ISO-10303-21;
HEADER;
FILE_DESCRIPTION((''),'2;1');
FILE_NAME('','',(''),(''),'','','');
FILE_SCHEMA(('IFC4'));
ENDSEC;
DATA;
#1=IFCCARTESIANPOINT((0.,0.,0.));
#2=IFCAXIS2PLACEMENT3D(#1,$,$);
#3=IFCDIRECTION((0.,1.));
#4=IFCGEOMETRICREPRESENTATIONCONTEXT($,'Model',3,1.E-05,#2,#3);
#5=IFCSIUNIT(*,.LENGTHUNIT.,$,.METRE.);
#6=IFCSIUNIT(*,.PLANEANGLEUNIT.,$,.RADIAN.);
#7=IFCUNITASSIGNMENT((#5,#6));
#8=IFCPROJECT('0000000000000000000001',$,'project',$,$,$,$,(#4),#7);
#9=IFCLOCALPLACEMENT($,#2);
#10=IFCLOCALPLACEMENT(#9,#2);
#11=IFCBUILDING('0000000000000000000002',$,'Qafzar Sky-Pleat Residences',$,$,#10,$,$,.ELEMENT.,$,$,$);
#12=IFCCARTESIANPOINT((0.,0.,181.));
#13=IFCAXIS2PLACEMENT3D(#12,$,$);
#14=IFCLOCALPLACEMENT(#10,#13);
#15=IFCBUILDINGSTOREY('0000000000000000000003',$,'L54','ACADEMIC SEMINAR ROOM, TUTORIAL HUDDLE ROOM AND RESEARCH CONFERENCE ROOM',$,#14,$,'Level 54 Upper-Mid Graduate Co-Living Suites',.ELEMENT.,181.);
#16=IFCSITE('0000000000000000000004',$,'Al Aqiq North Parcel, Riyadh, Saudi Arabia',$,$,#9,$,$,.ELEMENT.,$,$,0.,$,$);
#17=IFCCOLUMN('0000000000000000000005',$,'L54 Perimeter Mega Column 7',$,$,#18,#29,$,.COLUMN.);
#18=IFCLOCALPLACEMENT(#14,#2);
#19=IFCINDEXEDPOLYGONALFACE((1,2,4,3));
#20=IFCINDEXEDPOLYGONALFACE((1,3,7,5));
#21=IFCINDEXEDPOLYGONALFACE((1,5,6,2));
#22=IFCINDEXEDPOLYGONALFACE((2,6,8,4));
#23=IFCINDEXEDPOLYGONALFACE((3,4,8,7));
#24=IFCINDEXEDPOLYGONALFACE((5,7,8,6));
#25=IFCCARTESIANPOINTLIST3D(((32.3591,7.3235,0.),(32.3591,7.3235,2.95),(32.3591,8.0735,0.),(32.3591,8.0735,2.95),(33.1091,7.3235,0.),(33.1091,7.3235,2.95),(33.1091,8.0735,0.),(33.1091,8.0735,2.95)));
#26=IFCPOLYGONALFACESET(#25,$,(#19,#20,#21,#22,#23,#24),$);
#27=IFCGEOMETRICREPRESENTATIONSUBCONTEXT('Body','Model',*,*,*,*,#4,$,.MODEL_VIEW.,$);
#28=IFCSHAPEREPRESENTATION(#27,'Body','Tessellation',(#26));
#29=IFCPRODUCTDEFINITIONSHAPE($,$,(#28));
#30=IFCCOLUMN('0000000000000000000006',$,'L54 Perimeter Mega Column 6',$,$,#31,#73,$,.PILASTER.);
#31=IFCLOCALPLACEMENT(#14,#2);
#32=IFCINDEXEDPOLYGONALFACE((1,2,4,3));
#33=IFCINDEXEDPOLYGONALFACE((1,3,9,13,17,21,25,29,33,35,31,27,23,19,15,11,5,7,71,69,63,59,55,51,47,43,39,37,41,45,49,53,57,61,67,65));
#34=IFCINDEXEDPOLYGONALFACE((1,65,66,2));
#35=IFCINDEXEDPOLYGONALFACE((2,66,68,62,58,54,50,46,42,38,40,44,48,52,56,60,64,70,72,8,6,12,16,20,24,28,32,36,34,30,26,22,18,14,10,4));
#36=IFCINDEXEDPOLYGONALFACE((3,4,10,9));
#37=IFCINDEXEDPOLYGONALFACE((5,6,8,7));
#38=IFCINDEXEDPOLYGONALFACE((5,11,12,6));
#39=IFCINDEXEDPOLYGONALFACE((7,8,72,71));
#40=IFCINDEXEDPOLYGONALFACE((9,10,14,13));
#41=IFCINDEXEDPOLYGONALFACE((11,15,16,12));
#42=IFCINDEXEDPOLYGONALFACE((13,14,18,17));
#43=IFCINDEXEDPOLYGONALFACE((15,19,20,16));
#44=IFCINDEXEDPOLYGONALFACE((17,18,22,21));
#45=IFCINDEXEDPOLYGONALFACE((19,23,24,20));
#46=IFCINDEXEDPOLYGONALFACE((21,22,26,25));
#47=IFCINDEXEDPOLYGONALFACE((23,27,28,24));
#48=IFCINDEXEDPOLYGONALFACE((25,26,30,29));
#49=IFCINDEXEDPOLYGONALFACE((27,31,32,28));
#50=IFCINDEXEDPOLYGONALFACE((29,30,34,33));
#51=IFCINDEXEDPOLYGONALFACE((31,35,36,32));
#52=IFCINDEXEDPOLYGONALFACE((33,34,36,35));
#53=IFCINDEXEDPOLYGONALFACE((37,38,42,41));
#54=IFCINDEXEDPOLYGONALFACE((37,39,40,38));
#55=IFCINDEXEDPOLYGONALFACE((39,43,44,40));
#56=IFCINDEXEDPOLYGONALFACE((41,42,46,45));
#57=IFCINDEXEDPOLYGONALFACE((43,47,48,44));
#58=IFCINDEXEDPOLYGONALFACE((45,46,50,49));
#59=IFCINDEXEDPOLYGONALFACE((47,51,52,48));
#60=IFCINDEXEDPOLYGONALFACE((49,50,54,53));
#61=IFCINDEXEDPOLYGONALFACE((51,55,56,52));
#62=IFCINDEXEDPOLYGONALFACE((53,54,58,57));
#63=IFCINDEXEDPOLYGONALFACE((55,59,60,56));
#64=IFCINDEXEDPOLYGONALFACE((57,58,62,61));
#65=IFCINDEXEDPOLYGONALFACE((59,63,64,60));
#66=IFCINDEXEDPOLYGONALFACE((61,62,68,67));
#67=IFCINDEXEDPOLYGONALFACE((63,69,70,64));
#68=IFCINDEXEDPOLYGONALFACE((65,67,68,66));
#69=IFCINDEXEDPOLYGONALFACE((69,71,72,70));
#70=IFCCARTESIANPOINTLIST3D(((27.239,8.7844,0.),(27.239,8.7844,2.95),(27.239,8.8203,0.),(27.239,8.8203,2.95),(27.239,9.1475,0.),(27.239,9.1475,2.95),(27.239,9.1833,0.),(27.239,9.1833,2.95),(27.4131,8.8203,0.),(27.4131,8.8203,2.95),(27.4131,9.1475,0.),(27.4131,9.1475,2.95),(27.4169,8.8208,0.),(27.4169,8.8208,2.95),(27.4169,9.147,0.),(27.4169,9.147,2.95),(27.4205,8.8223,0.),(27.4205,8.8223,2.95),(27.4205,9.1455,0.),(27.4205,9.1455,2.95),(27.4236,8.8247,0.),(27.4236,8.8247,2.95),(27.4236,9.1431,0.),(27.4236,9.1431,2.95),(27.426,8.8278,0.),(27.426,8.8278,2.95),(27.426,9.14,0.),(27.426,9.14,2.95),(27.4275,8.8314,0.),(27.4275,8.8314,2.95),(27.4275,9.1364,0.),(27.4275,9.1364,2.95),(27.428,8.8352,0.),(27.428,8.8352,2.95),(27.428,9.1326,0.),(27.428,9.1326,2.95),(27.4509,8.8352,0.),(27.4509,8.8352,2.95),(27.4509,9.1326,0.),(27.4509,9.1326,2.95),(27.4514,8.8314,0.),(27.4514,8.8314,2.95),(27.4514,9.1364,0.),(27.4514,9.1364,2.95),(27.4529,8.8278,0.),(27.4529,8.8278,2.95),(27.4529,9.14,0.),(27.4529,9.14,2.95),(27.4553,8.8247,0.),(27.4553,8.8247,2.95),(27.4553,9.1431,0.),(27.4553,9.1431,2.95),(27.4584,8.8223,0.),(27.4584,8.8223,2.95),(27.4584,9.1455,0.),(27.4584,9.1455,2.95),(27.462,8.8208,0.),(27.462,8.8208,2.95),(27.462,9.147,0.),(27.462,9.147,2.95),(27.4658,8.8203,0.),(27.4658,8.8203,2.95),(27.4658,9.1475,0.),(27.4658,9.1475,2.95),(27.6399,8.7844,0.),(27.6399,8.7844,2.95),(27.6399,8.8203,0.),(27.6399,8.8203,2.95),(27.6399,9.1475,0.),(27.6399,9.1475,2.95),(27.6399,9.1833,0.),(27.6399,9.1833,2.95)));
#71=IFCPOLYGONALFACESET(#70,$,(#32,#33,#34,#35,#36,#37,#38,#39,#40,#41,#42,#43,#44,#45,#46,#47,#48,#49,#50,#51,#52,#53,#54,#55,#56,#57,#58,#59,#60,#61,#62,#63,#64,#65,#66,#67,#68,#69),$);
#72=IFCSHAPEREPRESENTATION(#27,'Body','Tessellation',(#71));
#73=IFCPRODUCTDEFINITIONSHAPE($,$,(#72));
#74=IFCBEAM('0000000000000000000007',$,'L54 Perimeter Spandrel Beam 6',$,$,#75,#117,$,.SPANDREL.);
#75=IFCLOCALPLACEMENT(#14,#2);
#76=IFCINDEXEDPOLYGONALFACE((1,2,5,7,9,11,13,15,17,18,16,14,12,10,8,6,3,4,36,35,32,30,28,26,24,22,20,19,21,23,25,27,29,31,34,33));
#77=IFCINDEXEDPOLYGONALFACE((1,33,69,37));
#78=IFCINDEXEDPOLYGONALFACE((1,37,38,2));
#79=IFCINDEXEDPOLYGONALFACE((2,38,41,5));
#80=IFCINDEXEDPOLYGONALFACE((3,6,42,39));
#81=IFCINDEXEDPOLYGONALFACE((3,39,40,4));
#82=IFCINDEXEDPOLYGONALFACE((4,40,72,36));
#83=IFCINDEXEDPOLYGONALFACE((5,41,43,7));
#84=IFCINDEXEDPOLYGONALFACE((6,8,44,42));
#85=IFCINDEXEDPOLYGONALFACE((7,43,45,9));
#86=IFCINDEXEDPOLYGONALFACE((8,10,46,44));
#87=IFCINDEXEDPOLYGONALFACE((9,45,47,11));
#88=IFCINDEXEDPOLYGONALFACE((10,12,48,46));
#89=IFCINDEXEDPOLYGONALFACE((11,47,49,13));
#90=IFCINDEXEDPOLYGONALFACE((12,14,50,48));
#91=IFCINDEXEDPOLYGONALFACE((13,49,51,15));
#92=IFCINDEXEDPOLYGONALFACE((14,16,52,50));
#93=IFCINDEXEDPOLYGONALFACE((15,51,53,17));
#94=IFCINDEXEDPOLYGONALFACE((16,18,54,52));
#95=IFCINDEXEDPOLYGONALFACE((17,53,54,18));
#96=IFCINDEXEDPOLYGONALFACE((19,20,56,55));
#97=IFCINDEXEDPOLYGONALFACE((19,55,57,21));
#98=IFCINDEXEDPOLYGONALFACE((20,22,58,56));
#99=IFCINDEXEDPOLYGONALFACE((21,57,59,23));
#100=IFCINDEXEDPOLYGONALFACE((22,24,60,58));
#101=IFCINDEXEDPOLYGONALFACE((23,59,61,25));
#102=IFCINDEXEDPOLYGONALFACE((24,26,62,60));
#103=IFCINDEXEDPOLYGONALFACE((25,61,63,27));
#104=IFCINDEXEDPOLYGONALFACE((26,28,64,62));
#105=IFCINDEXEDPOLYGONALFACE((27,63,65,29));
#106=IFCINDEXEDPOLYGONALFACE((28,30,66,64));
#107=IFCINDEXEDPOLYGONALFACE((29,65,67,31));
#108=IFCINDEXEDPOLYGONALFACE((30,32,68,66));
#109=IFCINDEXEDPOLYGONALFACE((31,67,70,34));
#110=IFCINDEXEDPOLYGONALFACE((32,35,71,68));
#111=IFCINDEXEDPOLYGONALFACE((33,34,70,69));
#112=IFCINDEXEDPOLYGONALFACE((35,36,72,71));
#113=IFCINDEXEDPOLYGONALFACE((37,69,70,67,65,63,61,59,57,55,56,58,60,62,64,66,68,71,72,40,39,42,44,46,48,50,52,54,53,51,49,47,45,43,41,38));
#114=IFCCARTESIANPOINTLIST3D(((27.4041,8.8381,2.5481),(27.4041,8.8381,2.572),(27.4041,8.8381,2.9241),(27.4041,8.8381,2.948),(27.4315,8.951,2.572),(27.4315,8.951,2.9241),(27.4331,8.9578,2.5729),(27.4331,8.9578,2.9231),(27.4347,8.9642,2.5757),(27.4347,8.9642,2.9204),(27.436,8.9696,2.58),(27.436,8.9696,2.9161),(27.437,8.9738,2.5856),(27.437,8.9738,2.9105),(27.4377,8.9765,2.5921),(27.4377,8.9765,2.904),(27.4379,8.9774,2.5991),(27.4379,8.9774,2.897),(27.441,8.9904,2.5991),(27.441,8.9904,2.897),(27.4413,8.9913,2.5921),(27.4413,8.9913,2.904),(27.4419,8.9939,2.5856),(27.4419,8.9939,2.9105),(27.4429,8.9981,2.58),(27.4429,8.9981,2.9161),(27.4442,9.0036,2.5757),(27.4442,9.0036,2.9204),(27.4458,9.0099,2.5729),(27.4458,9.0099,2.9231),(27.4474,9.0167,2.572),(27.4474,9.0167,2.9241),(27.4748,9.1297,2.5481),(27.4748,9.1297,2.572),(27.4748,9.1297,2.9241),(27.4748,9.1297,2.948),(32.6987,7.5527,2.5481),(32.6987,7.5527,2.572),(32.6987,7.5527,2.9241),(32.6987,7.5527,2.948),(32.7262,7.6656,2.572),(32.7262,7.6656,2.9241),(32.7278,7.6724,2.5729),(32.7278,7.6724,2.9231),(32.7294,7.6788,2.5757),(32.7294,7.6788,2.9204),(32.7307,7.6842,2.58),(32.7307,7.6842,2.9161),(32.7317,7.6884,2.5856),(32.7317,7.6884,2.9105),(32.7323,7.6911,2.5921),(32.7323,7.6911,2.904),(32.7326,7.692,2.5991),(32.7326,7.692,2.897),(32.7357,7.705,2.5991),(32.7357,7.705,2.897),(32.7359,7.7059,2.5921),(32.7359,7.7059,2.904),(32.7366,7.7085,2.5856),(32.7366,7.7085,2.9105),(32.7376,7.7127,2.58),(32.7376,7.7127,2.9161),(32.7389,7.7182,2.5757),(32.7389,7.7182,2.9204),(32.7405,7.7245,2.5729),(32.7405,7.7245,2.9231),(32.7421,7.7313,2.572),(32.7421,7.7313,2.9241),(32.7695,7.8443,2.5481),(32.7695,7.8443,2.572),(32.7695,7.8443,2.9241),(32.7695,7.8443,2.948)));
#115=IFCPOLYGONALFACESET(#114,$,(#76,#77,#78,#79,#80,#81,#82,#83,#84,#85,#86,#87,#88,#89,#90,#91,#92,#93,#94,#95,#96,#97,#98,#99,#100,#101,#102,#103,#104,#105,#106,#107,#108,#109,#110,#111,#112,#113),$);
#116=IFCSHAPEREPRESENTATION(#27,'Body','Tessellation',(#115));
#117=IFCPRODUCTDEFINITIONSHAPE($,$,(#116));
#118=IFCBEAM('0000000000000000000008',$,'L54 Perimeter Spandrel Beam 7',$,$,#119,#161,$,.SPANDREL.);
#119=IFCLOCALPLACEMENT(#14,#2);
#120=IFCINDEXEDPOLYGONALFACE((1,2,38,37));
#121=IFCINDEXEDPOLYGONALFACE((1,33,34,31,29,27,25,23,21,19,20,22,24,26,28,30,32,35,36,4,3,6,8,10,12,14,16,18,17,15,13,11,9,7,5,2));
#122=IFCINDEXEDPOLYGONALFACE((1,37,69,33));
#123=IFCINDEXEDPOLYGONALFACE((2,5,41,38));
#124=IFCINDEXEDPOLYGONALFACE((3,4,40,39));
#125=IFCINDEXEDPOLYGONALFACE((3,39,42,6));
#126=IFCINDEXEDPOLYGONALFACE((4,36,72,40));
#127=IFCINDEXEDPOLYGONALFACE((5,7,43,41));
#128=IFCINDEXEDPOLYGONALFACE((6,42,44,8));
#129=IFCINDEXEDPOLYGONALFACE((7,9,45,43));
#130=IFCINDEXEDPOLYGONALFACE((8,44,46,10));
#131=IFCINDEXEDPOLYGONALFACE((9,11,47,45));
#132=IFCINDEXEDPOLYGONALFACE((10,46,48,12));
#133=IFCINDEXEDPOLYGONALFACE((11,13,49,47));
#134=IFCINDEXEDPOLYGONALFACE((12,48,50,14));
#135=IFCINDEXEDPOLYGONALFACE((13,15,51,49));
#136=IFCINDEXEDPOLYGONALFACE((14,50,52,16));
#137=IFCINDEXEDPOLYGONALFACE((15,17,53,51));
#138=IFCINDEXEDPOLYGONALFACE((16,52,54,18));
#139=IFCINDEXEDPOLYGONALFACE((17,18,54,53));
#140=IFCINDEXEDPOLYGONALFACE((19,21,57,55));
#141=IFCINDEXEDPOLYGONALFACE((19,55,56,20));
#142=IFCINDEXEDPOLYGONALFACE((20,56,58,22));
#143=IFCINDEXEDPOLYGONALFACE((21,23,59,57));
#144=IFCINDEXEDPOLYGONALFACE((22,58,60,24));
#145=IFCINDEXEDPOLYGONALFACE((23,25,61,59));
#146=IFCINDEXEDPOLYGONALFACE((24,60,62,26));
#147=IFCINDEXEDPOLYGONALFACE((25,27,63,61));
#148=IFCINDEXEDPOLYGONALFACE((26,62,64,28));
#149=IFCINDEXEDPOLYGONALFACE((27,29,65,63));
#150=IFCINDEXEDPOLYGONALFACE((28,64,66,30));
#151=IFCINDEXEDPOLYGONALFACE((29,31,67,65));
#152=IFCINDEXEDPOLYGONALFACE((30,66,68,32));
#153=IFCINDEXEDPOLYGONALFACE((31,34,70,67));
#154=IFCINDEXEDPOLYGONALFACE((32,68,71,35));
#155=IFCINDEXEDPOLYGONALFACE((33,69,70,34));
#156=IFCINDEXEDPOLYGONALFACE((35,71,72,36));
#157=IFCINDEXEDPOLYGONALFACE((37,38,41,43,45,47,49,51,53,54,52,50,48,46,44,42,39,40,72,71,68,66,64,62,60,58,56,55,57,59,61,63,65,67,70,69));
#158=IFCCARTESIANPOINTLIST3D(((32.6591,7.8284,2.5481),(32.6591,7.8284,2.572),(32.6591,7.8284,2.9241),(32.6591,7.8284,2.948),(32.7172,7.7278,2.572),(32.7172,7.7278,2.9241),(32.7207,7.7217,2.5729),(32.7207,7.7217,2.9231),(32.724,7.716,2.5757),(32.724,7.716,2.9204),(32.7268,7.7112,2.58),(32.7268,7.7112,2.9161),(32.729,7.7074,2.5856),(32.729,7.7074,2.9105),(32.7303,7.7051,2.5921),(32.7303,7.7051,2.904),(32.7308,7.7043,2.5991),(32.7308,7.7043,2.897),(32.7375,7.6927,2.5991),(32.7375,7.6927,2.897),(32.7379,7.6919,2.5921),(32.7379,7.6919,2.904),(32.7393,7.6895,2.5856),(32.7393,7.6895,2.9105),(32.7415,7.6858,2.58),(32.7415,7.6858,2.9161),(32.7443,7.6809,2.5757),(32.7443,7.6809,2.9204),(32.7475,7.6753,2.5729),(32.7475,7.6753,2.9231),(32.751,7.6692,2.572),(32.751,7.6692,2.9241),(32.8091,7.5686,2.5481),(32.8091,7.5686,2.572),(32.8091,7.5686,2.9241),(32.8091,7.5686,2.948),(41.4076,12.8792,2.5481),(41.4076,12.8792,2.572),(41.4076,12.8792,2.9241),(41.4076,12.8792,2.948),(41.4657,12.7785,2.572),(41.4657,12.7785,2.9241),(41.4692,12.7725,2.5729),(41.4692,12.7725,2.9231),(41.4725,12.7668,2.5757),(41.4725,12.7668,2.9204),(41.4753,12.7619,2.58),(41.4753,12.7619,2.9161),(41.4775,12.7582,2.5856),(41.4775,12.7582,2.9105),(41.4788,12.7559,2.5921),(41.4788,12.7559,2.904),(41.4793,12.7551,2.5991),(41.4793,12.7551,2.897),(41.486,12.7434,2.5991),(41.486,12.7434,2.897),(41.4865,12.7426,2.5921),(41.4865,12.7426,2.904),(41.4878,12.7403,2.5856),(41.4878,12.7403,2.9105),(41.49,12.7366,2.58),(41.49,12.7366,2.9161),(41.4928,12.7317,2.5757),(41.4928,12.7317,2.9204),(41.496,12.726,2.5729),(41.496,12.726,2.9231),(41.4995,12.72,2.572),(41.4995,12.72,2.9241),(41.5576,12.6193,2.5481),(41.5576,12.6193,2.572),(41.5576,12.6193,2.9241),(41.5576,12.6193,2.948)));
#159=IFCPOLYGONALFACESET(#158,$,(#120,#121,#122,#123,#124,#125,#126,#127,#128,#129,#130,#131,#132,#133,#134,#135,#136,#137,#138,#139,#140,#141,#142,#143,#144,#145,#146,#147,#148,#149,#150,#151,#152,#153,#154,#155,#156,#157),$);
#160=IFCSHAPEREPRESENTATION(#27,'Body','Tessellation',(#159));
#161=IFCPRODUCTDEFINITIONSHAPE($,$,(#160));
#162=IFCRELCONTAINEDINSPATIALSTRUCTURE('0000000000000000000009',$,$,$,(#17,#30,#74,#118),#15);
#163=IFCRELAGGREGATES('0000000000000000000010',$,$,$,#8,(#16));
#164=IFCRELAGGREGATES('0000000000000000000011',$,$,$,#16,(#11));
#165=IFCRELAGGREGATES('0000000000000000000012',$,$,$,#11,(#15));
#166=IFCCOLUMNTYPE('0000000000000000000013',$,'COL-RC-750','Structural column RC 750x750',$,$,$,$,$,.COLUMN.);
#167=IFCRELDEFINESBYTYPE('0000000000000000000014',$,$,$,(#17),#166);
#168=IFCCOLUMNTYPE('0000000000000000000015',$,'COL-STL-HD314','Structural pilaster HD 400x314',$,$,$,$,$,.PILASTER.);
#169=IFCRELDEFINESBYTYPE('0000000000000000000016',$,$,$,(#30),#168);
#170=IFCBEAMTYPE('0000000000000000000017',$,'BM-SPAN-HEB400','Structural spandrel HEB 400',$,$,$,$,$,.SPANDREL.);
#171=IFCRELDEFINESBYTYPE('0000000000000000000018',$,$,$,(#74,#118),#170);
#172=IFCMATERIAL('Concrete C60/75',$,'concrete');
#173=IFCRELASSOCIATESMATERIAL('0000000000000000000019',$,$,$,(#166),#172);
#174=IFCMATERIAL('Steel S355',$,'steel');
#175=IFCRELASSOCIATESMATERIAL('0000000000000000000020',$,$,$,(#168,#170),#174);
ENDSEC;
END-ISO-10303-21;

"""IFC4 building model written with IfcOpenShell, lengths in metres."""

from ifc_helpers import new_model, si_unit, direction, frame, origin, origin_2d, place, context, subcontext, project, spatial, rectangle, i_section, extrude, source, transform, mapped, material, material_profile, profile_set, type_object, element, save


model = new_model("IFC4")

# Units and contexts
model_context = context("Model", 3, precision=1e-05, world=origin(), true_north=direction((0.0, 1.0)))
body_context = subcontext(model_context, "Body", "Model", "MODEL_VIEW")
ifc_project = project(units=[si_unit("LENGTHUNIT", "METRE"), si_unit("PLANEANGLEUNIT", "RADIAN")], contexts=[model_context])

# Site, building, storey
site_placement = place(None, origin())
site = spatial("IfcSite", under=ifc_project, at=site_placement, Name="Al Aqiq North Parcel, Riyadh, Saudi Arabia", CompositionType="ELEMENT", RefElevation=0.0)
building_placement = place(site_placement, origin())
building = spatial("IfcBuilding", under=site, at=building_placement, Name="Qafzar Sky-Pleat Residences", CompositionType="ELEMENT")
storey_placement = place(building_placement, frame((0.0, 0.0, 181.0)))
storey = spatial("IfcBuildingStorey", under=building, at=storey_placement, Name="L54", Description="ACADEMIC SEMINAR ROOM, TUTORIAL HUDDLE ROOM AND RESEARCH CONFERENCE ROOM", LongName="Level 54 Upper-Mid Graduate Co-Living Suites", CompositionType="ELEMENT", Elevation=181.0)

# Columns
ifc_material_1 = material(Name="Concrete C60/75", Category="concrete")
ifc_material_profile_1 = material_profile(ifc_material_1, rectangle(XDim=0.75, YDim=0.75, at=origin_2d()), Name="RC 750x750")
ifc_profile_set_1 = profile_set([ifc_material_profile_1], Name="Concrete C60/75")
column_type_1 = type_object("IfcColumnType", Name="COL-RC-750", Description="Structural column RC 750x750", PredefinedType="COLUMN", material=ifc_profile_set_1)
shared_shape_1 = source(origin(), body_context, "Body", "SweptSolid", [
    extrude(rectangle(XDim=0.75, YDim=0.75, at=origin_2d()), origin(), (0.0, 0.0, 1.0), 2.95),
])
column_1_placement = place(storey_placement, frame((32.7341, 7.6985, 0.0), z_axis=(0.0, 0.0, 1.0), x_axis=(1.0, 0.0, 0.0)))
element("IfcColumn", 1, at=column_1_placement, inside=storey, type_object=column_type_1, Name="L54 Perimeter Mega Column 7", PredefinedType="COLUMN", context=body_context, shape_type="MappedRepresentation", body=[
    mapped(shared_shape_1, transform((0.0, 0.0, 0.0), x_axis=(1.0, 0.0, 0.0), y_axis=(0.0, 1.0, 0.0), z_axis=(0.0, 0.0, 1.0), scale=1.0)),
])
ifc_material_2 = material(Name="Steel S355", Category="steel")
ifc_material_profile_2 = material_profile(ifc_material_2, i_section(OverallWidth=0.4009, OverallDepth=0.3989, WebThickness=0.0229, FlangeThickness=0.0359, FilletRadius=0.0149, at=origin_2d()), Name="HD 400x314")
ifc_profile_set_2 = profile_set([ifc_material_profile_2], Name="Steel S355")
column_type_2 = type_object("IfcColumnType", Name="COL-STL-HD314", Description="Structural pilaster HD 400x314", PredefinedType="PILASTER", material=ifc_profile_set_2)
shared_shape_2 = source(origin(), body_context, "Body", "SweptSolid", [
    extrude(i_section(OverallWidth=0.4009, OverallDepth=0.3989, WebThickness=0.0229, FlangeThickness=0.0359, FilletRadius=0.0149, at=origin_2d()), origin(), (0.0, 0.0, 1.0), 2.95),
])
column_2_placement = place(storey_placement, frame((27.4395, 8.9839, 0.0), z_axis=(0.0, 0.0, 1.0), x_axis=(1.0, 0.0, 0.0)))
element("IfcColumn", 2, at=column_2_placement, inside=storey, type_object=column_type_2, Name="L54 Perimeter Mega Column 6", PredefinedType="PILASTER", context=body_context, shape_type="MappedRepresentation", body=[
    mapped(shared_shape_2, transform((0.0, 0.0, 0.0), x_axis=(1.0, 0.0, 0.0), y_axis=(0.0, 1.0, 0.0), z_axis=(0.0, 0.0, 1.0), scale=1.0)),
])

# Beams
ifc_material_profile_3 = material_profile(ifc_material_2, i_section(OverallWidth=0.3, OverallDepth=0.3999, WebThickness=0.0134, FlangeThickness=0.0239, FilletRadius=0.0271, at=origin_2d()), Name="HEB 400")
ifc_profile_set_3 = profile_set([ifc_material_profile_3], Name="Steel S355")
beam_type_1 = type_object("IfcBeamType", Name="BM-SPAN-HEB400", Description="Structural spandrel HEB 400", PredefinedType="SPANDREL", material=ifc_profile_set_3)
shared_shape_3 = source(origin(), body_context, "Body", "SweptSolid", [
    extrude(i_section(OverallWidth=0.3, OverallDepth=0.3999, WebThickness=0.0134, FlangeThickness=0.0239, FilletRadius=0.0271, at=origin_2d()), origin(), (0.0, 0.0, 1.0), 5.4485),
])
beam_1_placement = place(storey_placement, frame((27.4395, 8.9839, 2.748), z_axis=(0.971773, -0.235919, 0.0), x_axis=(0.235919, 0.971773, 0.0)))
element("IfcBeam", 3, at=beam_1_placement, inside=storey, type_object=beam_type_1, Name="L54 Perimeter Spandrel Beam 6", PredefinedType="SPANDREL", context=body_context, shape_type="MappedRepresentation", body=[
    mapped(shared_shape_3, transform((0.0, 0.0, 0.0), x_axis=(1.0, 0.0, 0.0), y_axis=(0.0, 1.0, 0.0), z_axis=(0.0, 0.0, 1.0), scale=1.0)),
])
shared_shape_4 = source(origin(), body_context, "Body", "SweptSolid", [
    extrude(i_section(OverallWidth=0.3, OverallDepth=0.3999, WebThickness=0.0134, FlangeThickness=0.0239, FilletRadius=0.0271, at=origin_2d()), origin(), (0.0, 0.0, 1.0), 10.1018),
])
beam_2_placement = place(storey_placement, frame((32.7341, 7.6985, 2.748), z_axis=(0.866033, 0.499986, 0.0), x_axis=(-0.499986, 0.866033, 0.0)))
element("IfcBeam", 4, at=beam_2_placement, inside=storey, type_object=beam_type_1, Name="L54 Perimeter Spandrel Beam 7", PredefinedType="SPANDREL", context=body_context, shape_type="MappedRepresentation", body=[
    mapped(shared_shape_4, transform((0.0, 0.0, 0.0), x_axis=(1.0, 0.0, 0.0), y_axis=(0.0, 1.0, 0.0), z_axis=(0.0, 0.0, 1.0), scale=1.0)),
])

save(model, "model.ifc")
